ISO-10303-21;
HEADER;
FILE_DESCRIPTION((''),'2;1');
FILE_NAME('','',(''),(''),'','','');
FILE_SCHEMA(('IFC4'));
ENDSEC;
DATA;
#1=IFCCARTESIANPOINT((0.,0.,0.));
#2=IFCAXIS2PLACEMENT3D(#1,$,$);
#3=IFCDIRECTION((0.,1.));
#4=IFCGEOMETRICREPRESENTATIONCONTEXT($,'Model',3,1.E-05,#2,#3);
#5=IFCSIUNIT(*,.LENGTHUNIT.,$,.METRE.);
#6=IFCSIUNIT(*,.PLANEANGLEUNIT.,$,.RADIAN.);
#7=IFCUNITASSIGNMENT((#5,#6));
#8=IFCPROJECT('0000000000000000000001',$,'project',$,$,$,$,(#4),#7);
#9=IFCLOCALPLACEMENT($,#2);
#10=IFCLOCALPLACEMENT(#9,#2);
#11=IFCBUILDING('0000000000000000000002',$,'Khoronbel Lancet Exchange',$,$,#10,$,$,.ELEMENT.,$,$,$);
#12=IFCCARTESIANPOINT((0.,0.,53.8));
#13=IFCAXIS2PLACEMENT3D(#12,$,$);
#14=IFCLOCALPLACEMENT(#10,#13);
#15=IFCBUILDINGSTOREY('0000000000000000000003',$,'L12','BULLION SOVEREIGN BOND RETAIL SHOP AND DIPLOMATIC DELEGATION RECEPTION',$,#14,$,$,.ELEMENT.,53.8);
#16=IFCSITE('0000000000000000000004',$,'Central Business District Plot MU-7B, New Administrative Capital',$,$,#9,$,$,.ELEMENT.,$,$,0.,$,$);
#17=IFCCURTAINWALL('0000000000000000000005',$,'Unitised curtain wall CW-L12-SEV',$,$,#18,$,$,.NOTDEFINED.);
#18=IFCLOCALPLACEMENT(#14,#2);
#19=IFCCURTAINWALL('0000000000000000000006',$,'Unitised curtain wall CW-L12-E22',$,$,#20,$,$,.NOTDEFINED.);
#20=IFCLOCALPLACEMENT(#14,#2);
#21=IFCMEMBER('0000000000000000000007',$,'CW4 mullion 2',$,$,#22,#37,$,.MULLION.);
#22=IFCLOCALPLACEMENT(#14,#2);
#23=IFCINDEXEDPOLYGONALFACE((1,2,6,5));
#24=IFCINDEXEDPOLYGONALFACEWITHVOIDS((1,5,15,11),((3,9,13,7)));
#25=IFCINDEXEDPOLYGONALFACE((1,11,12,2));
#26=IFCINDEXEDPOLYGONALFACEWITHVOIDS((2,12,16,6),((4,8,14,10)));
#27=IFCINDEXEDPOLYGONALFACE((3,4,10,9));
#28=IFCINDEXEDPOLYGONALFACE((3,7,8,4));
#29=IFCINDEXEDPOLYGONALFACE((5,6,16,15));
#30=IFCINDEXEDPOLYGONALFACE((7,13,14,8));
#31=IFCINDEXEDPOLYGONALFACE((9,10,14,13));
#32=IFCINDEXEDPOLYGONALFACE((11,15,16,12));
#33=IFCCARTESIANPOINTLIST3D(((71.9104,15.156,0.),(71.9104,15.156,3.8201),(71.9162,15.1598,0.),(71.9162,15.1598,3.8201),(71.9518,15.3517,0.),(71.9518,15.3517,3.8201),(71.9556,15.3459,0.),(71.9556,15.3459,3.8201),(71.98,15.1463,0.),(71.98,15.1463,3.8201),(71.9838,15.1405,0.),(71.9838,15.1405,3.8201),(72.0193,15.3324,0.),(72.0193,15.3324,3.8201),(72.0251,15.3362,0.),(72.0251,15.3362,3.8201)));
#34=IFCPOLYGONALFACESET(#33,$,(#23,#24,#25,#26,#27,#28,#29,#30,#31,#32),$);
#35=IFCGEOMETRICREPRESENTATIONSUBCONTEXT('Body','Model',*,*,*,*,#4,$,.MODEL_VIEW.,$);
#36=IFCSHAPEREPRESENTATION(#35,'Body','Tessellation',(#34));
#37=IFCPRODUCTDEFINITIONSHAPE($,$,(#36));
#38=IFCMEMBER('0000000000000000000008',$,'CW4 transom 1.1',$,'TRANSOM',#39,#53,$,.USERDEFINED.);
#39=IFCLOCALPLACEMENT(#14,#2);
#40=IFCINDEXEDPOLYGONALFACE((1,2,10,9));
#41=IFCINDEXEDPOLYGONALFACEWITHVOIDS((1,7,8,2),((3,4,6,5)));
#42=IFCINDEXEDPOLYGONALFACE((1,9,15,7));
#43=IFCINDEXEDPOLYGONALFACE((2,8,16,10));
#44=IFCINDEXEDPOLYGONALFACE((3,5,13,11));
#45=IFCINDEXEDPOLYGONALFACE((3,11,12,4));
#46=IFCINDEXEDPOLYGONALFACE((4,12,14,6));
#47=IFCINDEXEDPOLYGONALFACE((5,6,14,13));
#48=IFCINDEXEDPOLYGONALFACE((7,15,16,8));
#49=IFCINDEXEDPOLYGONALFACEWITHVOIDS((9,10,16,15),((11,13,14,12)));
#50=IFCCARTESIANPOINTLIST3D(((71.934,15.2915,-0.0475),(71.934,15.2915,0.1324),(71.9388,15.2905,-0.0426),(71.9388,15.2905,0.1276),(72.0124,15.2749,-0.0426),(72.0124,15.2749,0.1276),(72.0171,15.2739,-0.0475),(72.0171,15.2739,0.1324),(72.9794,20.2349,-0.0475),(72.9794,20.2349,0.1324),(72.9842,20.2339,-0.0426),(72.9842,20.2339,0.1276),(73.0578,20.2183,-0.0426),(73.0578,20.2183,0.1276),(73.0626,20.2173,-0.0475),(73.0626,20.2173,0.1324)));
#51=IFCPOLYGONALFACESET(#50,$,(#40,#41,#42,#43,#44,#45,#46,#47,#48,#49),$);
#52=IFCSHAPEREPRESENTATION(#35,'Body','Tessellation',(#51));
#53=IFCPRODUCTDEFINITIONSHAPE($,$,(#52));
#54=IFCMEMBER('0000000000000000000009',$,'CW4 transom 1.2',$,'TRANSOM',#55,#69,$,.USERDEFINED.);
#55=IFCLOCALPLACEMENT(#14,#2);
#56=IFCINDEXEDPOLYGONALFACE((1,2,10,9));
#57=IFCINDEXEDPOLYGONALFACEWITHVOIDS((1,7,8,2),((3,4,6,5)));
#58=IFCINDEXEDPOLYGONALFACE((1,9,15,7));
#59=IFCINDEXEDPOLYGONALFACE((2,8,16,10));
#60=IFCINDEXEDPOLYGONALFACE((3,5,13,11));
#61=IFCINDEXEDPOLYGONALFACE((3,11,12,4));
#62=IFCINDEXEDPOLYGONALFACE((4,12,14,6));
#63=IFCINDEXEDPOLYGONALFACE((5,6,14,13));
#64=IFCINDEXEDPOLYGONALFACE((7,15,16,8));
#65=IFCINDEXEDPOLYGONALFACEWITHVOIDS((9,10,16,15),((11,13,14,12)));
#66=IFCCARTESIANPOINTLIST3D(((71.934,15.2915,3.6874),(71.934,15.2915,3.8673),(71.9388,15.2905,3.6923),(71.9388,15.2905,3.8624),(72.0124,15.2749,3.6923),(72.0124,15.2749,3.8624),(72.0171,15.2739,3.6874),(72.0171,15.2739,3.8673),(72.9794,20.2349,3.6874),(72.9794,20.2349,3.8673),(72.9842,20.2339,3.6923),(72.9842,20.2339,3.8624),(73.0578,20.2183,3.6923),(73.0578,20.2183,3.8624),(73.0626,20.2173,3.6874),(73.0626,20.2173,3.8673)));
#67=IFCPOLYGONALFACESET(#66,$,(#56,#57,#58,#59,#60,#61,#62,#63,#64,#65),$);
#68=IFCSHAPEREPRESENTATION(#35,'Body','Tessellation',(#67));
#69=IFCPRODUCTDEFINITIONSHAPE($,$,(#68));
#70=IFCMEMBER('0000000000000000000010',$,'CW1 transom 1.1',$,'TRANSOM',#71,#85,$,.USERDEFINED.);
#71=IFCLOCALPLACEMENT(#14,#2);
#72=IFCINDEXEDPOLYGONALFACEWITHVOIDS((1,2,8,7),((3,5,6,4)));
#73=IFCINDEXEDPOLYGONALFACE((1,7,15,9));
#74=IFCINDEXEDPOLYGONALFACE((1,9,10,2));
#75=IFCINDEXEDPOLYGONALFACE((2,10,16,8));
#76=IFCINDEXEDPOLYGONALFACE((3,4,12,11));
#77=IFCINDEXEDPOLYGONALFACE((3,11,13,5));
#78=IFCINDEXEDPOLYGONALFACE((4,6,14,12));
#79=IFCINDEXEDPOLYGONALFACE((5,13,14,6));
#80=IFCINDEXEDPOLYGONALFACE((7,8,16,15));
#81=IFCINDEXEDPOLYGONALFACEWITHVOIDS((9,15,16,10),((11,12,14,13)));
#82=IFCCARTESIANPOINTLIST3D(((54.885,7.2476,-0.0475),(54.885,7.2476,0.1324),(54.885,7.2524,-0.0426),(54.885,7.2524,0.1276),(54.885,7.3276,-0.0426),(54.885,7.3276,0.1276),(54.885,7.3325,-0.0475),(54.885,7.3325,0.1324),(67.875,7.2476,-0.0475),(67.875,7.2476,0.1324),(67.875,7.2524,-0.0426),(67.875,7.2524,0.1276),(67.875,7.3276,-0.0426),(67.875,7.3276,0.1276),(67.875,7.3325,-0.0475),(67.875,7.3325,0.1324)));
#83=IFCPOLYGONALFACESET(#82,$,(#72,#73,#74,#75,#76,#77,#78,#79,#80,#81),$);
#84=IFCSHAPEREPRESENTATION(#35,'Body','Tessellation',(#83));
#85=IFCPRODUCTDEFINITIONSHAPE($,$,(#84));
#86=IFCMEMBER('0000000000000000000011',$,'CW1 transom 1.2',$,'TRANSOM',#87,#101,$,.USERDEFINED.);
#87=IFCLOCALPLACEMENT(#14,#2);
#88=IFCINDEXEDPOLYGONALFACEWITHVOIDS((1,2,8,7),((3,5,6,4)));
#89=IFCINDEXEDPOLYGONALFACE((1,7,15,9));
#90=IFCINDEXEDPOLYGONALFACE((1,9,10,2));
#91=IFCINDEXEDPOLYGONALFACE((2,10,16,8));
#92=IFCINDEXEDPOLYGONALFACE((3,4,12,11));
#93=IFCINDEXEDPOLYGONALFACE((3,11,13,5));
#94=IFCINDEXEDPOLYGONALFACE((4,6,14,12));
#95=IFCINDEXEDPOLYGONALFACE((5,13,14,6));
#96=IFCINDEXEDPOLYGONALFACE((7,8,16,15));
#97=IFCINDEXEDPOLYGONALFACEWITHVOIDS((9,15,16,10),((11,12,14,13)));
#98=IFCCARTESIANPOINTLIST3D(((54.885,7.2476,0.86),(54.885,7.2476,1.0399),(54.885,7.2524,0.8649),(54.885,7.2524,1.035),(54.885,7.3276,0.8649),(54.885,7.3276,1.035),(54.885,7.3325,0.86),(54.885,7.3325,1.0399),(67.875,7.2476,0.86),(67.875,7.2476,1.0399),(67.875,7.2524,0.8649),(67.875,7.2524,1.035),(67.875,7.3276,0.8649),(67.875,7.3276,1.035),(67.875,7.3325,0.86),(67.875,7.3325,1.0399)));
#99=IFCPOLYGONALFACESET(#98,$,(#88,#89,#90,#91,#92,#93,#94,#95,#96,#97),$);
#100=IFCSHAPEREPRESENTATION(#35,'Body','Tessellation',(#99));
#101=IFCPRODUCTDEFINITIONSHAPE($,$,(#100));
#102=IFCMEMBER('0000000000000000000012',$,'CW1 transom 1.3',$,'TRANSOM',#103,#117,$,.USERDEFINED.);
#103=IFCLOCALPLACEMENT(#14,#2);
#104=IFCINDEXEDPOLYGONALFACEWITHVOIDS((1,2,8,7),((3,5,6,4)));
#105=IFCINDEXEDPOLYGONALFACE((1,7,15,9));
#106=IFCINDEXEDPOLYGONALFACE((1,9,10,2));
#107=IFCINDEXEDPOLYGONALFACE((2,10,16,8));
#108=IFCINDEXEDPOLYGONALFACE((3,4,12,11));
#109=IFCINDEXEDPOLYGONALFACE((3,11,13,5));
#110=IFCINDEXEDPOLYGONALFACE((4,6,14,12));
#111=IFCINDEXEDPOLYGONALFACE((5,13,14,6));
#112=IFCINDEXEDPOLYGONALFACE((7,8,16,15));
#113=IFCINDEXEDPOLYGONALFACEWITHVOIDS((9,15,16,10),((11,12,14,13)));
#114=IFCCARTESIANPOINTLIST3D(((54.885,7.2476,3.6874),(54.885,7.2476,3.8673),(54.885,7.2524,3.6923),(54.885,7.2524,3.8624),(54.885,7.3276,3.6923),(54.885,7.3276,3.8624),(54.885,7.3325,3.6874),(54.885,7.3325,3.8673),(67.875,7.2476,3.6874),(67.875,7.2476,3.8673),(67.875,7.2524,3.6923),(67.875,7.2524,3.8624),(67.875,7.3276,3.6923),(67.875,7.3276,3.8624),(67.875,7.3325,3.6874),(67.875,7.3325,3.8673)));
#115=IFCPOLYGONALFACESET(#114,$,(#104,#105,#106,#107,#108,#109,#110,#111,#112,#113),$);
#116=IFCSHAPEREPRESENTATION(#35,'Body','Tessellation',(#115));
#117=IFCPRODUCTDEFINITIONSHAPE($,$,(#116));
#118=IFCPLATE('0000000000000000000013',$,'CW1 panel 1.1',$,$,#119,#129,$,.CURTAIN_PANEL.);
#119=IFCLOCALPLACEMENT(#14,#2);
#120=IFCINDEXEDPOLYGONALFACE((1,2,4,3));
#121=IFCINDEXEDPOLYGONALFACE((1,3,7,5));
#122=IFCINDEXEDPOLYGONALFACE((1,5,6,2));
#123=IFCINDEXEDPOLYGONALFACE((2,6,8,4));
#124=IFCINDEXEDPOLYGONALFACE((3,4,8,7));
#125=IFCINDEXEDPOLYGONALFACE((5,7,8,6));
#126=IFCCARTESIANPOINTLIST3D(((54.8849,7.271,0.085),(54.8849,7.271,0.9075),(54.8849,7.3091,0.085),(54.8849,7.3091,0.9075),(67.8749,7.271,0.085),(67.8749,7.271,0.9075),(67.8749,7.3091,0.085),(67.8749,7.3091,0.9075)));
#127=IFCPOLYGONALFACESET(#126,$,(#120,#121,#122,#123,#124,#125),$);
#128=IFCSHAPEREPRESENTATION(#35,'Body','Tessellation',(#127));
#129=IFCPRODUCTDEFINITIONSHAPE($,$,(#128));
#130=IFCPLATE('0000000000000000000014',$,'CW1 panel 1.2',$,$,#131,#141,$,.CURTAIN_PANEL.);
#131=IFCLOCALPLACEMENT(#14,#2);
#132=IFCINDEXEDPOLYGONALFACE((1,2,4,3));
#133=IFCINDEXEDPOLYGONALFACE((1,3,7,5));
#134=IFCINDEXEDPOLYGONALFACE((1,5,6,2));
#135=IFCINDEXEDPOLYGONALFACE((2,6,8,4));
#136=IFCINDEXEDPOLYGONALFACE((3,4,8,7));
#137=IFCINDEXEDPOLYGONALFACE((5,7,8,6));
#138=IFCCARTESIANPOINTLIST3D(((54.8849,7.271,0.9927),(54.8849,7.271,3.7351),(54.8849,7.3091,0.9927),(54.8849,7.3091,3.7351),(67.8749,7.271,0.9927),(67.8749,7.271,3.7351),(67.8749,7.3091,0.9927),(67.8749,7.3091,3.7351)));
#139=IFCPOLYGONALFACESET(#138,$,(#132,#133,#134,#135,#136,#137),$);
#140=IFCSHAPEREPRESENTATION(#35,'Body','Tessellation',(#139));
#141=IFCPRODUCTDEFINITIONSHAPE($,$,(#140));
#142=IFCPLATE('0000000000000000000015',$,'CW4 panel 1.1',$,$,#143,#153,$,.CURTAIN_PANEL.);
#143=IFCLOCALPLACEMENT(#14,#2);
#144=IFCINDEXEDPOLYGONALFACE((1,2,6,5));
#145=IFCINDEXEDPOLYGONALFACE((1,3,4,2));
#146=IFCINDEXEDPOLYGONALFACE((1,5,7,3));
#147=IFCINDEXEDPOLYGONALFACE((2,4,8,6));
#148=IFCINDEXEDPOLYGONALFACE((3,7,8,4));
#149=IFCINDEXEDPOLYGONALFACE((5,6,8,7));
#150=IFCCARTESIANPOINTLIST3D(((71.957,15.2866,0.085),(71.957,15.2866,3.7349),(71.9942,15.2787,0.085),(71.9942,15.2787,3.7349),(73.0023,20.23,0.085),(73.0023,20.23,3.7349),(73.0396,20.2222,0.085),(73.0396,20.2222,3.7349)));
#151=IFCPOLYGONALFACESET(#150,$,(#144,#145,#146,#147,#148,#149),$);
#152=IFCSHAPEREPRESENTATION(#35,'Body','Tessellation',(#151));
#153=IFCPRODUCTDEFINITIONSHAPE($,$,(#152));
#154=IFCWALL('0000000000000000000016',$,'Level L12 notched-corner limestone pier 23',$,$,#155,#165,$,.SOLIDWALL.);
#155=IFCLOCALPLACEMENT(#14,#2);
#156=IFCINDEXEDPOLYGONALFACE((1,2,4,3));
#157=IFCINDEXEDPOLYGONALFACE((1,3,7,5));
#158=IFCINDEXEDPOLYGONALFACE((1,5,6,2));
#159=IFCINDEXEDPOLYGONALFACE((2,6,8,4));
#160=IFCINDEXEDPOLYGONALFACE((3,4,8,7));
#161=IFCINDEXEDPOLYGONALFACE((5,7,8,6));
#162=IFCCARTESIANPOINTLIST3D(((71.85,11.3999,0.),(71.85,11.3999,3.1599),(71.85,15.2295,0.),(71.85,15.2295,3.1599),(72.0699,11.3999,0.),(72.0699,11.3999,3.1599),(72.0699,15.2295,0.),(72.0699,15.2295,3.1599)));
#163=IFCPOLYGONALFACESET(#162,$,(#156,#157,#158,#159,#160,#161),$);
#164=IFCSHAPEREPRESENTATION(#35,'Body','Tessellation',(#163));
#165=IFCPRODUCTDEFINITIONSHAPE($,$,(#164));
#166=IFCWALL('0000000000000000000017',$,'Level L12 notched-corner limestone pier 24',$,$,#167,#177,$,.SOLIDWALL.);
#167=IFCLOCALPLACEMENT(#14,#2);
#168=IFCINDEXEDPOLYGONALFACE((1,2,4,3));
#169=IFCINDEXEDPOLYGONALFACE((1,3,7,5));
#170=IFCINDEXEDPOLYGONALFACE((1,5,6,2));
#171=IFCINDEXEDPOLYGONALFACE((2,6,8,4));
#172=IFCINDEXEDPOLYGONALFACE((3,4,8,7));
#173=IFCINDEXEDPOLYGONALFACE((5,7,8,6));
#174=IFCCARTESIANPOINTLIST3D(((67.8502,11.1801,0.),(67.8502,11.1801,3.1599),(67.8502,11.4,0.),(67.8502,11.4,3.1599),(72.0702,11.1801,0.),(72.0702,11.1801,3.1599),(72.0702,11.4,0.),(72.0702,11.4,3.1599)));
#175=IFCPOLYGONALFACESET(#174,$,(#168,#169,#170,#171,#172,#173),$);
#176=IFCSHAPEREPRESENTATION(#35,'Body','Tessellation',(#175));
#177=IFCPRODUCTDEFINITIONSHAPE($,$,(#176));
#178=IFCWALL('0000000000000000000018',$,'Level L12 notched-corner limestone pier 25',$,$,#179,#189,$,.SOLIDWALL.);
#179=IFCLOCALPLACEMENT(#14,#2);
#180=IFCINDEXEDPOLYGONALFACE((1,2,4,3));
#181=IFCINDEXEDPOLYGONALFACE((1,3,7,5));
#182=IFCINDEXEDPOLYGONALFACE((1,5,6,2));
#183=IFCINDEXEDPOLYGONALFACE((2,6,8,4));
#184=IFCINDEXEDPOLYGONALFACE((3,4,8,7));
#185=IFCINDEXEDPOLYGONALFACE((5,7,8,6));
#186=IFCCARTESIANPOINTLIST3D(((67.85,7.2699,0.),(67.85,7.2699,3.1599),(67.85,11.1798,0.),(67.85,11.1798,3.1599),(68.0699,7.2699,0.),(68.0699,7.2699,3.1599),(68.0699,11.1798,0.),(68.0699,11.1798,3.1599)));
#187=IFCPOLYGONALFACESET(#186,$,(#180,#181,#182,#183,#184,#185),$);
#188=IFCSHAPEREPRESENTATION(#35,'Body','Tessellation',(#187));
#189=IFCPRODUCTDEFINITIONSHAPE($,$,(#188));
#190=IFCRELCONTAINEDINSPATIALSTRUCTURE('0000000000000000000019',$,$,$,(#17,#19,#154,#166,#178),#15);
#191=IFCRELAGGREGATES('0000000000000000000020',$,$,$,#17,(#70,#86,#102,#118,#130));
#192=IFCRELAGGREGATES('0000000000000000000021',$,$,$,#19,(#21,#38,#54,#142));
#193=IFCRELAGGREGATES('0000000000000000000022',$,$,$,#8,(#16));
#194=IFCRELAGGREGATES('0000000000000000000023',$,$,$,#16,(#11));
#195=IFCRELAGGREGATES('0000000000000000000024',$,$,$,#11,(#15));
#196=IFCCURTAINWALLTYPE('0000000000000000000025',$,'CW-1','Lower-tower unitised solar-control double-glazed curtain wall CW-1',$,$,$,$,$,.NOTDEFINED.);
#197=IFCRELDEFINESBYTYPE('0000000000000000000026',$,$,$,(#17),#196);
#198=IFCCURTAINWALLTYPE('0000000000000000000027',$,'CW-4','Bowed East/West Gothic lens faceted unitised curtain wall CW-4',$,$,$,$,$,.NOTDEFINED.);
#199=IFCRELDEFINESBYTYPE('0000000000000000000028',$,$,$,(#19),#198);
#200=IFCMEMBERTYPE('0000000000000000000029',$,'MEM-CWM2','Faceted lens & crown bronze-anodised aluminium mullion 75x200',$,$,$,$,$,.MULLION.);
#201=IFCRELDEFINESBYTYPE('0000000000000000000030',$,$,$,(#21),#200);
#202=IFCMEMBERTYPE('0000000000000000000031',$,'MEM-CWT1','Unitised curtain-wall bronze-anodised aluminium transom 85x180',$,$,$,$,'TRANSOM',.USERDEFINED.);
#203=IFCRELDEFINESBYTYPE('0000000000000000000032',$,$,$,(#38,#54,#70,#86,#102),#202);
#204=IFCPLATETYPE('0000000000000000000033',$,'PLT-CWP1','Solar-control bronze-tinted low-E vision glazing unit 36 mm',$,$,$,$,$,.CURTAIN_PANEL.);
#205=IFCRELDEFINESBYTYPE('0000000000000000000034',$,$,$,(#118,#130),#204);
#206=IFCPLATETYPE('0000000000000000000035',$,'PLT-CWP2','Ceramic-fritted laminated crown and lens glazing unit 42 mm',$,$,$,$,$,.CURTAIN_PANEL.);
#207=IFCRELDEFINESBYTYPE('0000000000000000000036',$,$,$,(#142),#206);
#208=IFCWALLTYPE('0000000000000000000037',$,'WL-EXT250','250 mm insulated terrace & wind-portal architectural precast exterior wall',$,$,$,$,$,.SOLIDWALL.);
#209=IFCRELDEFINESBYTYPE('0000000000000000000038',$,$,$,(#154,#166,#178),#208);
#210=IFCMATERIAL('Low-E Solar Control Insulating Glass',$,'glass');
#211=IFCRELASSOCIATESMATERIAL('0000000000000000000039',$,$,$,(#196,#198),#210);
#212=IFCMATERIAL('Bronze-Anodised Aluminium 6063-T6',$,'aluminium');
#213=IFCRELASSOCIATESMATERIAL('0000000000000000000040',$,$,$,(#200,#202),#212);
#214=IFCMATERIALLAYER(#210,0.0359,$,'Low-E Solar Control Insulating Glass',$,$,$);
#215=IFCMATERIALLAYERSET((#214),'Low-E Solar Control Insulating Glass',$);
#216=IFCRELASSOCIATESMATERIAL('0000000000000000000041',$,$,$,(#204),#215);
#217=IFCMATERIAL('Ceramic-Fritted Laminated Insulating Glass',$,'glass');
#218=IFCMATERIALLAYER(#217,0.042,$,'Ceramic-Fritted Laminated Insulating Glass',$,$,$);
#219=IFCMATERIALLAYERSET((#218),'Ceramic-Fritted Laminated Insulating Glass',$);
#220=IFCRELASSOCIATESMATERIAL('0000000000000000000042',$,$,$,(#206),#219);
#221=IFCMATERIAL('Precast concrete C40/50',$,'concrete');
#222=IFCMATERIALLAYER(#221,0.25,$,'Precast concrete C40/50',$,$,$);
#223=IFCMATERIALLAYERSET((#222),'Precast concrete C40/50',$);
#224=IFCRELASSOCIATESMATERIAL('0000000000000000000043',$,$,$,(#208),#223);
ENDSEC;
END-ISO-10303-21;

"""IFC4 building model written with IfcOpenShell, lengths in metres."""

from ifc_helpers import new_model, si_unit, direction, frame, frame_2d, origin, origin_2d, place, context, subcontext, project, spatial, rectangle, hollow_rectangle, extrude, material, layer, layer_set, material_profile, profile_set, type_object, element, aggregate, save


model = new_model("IFC4")

# Units and contexts
model_context = context("Model", 3, precision=1e-05, world=origin(), true_north=direction((0.0, 1.0)))
body_context = subcontext(model_context, "Body", "Model", "MODEL_VIEW")
ifc_project = project(units=[si_unit("LENGTHUNIT", "METRE"), si_unit("PLANEANGLEUNIT", "RADIAN")], contexts=[model_context])

# Site, building, storey
site_placement = place(None, origin())
site = spatial("IfcSite", under=ifc_project, at=site_placement, Name="Central Business District Plot MU-7B, New Administrative Capital", CompositionType="ELEMENT", RefElevation=0.0)
building_placement = place(site_placement, origin())
building = spatial("IfcBuilding", under=site, at=building_placement, Name="Khoronbel Lancet Exchange", CompositionType="ELEMENT")
storey_placement = place(building_placement, frame((0.0, 0.0, 53.8)))
storey = spatial("IfcBuildingStorey", under=building, at=storey_placement, Name="L12", Description="BULLION SOVEREIGN BOND RETAIL SHOP AND DIPLOMATIC DELEGATION RECEPTION", CompositionType="ELEMENT", Elevation=53.8)

# Shared definitions
ifc_material_1 = material(Name="Low-E Solar Control Insulating Glass", Category="glass")
curtain_wall_type_1 = type_object("IfcCurtainWallType", Name="CW-1", Description="Lower-tower unitised solar-control double-glazed curtain wall CW-1", PredefinedType="NOTDEFINED", material=ifc_material_1)
ifc_material_2 = material(Name="Bronze-Anodised Aluminium 6063-T6", Category="aluminium")

# Curtain wall
curtain_wall_1_placement = place(storey_placement, origin())
curtain_wall_1 = element("IfcCurtainWall", 1, at=curtain_wall_1_placement, inside=storey, type_object=curtain_wall_type_1, Name="Unitised curtain wall CW-L12-SEV", PredefinedType="NOTDEFINED")

# Shared definitions
curtain_wall_type_2 = type_object("IfcCurtainWallType", Name="CW-4", Description="Bowed East/West Gothic lens faceted unitised curtain wall CW-4", PredefinedType="NOTDEFINED", material=ifc_material_1)
ifc_material_profile_1 = material_profile(ifc_material_2, hollow_rectangle(XDim=0.075, YDim=0.2, WallThickness=0.0049, at=origin_2d()), Name="ALU MULLION 75x200")
ifc_profile_set_1 = profile_set([ifc_material_profile_1], Name="Bronze-Anodised Aluminium 6063-T6")
member_type_1 = type_object("IfcMemberType", Name="MEM-CWM2", Description="Faceted lens & crown bronze-anodised aluminium mullion 75x200", PredefinedType="MULLION", material=ifc_profile_set_1)

# Curtain wall, members
curtain_wall_2_placement = place(storey_placement, origin())
curtain_wall_2 = element("IfcCurtainWall", 2, at=curtain_wall_2_placement, inside=storey, type_object=curtain_wall_type_2, Name="Unitised curtain wall CW-L12-E22", PredefinedType="NOTDEFINED")
member_1_placement = place(storey_placement, frame((71.9678, 15.2461, 0.0), z_axis=(0.0, 0.0, 1.0), x_axis=(0.978363, -0.206894, 0.0)))
member_1 = element("IfcMember", 3, at=member_1_placement, type_object=member_type_1, Name="CW4 mullion 2", PredefinedType="MULLION", context=body_context, shape_type="SweptSolid", body=[
    extrude(hollow_rectangle(XDim=0.075, YDim=0.2, WallThickness=0.0049, at=origin_2d()), origin(), (0.0, 0.0, 1.0), 3.8201),
])
ifc_material_profile_2 = material_profile(ifc_material_2, hollow_rectangle(XDim=0.085, YDim=0.1799, WallThickness=0.0049, at=origin_2d()), Name="ALU TRANSOM 85x180")
ifc_profile_set_2 = profile_set([ifc_material_profile_2], Name="Bronze-Anodised Aluminium 6063-T6")
member_type_2 = type_object("IfcMemberType", Name="MEM-CWT1", Description="Unitised curtain-wall bronze-anodised aluminium transom 85x180", ElementType="TRANSOM", PredefinedType="USERDEFINED", material=ifc_profile_set_2)
member_2_placement = place(storey_placement, frame((73.021, 20.2261, 0.0425), z_axis=(-0.206902, -0.978362, 0.0), x_axis=(0.978362, -0.206902, 0.0)))
member_2 = element("IfcMember", 4, at=member_2_placement, type_object=member_type_2, Name="CW4 transom 1.1", ObjectType="TRANSOM", PredefinedType="USERDEFINED", context=body_context, shape_type="SweptSolid", body=[
    extrude(hollow_rectangle(XDim=0.085, YDim=0.1799, WallThickness=0.0049, at=origin_2d()), origin(), (0.0, 0.0, 1.0), 5.0527),
])
member_3_placement = place(storey_placement, frame((73.021, 20.2261, 3.7773), z_axis=(-0.206902, -0.978362, 0.0), x_axis=(0.978362, -0.206902, 0.0)))
member_3 = element("IfcMember", 5, at=member_3_placement, type_object=member_type_2, Name="CW4 transom 1.2", ObjectType="TRANSOM", PredefinedType="USERDEFINED", context=body_context, shape_type="SweptSolid", body=[
    extrude(hollow_rectangle(XDim=0.085, YDim=0.1799, WallThickness=0.0049, at=origin_2d()), origin(), (0.0, 0.0, 1.0), 5.0527),
])

# Members
member_4_placement = place(storey_placement, frame((54.885, 7.29, 0.0425), z_axis=(1.0, 0.0, 0.0), x_axis=(0.0, 1.0, 0.0)))
member_4 = element("IfcMember", 6, at=member_4_placement, type_object=member_type_2, Name="CW1 transom 1.1", ObjectType="TRANSOM", PredefinedType="USERDEFINED", context=body_context, shape_type="SweptSolid", body=[
    extrude(hollow_rectangle(XDim=0.085, YDim=0.1799, WallThickness=0.0049, at=origin_2d()), origin(), (0.0, 0.0, 1.0), 12.99),
])
member_5_placement = place(storey_placement, frame((54.885, 7.29, 0.95), z_axis=(1.0, 0.0, 0.0), x_axis=(0.0, 1.0, 0.0)))
member_5 = element("IfcMember", 7, at=member_5_placement, type_object=member_type_2, Name="CW1 transom 1.2", ObjectType="TRANSOM", PredefinedType="USERDEFINED", context=body_context, shape_type="SweptSolid", body=[
    extrude(hollow_rectangle(XDim=0.085, YDim=0.1799, WallThickness=0.0049, at=origin_2d()), origin(), (0.0, 0.0, 1.0), 12.99),
])
member_6_placement = place(storey_placement, frame((54.885, 7.29, 3.7773), z_axis=(1.0, 0.0, 0.0), x_axis=(0.0, 1.0, 0.0)))
member_6 = element("IfcMember", 8, at=member_6_placement, type_object=member_type_2, Name="CW1 transom 1.3", ObjectType="TRANSOM", PredefinedType="USERDEFINED", context=body_context, shape_type="SweptSolid", body=[
    extrude(hollow_rectangle(XDim=0.085, YDim=0.1799, WallThickness=0.0049, at=origin_2d()), origin(), (0.0, 0.0, 1.0), 12.99),
])

# Plates
ifc_layer_1 = layer(ifc_material_1, 0.0359, Name="Low-E Solar Control Insulating Glass")
ifc_layer_set_1 = layer_set([ifc_layer_1], Name="Low-E Solar Control Insulating Glass")
plate_type_1 = type_object("IfcPlateType", Name="PLT-CWP1", Description="Solar-control bronze-tinted low-E vision glazing unit 36 mm", PredefinedType="CURTAIN_PANEL", material=ifc_layer_set_1)
plate_1_placement = place(storey_placement, frame((61.3799, 7.29, 0.085), z_axis=(0.0, 0.0, 1.0), x_axis=(1.0, 0.0, 0.0)))
plate_1 = element("IfcPlate", 9, at=plate_1_placement, type_object=plate_type_1, Name="CW1 panel 1.1", PredefinedType="CURTAIN_PANEL", context=body_context, shape_type="SweptSolid", body=[
    extrude(rectangle(XDim=12.99, YDim=0.0381, at=origin_2d()), origin(), (0.0, 0.0, 1.0), 0.8225),
])
plate_2_placement = place(storey_placement, frame((61.3799, 7.29, 0.9927), z_axis=(0.0, 0.0, 1.0), x_axis=(1.0, 0.0, 0.0)))
plate_2 = element("IfcPlate", 10, at=plate_2_placement, type_object=plate_type_1, Name="CW1 panel 1.2", PredefinedType="CURTAIN_PANEL", context=body_context, shape_type="SweptSolid", body=[
    extrude(rectangle(XDim=12.99, YDim=0.0381, at=origin_2d()), origin(), (0.0, 0.0, 1.0), 2.7424),
])
aggregate(curtain_wall_1, [member_4, member_5, member_6, plate_1, plate_2])
ifc_material_3 = material(Name="Ceramic-Fritted Laminated Insulating Glass", Category="glass")
ifc_layer_2 = layer(ifc_material_3, 0.042, Name="Ceramic-Fritted Laminated Insulating Glass")
ifc_layer_set_2 = layer_set([ifc_layer_2], Name="Ceramic-Fritted Laminated Insulating Glass")
plate_type_2 = type_object("IfcPlateType", Name="PLT-CWP2", Description="Ceramic-fritted laminated crown and lens glazing unit 42 mm", PredefinedType="CURTAIN_PANEL", material=ifc_layer_set_2)
plate_3_placement = place(storey_placement, frame((72.4983, 17.7544, 0.085), z_axis=(0.0, 0.0, 1.0), x_axis=(-0.206894, -0.978363, 0.0)))
plate_3 = element("IfcPlate", 11, at=plate_3_placement, type_object=plate_type_2, Name="CW4 panel 1.1", PredefinedType="CURTAIN_PANEL", context=body_context, shape_type="SweptSolid", body=[
    extrude(rectangle(XDim=5.0527, YDim=0.0381, at=origin_2d()), origin(), (0.0, 0.0, 1.0), 3.6499),
])
aggregate(curtain_wall_2, [member_1, member_2, member_3, plate_3])

# Walls
ifc_material_4 = material(Name="Precast concrete C40/50", Category="concrete")
ifc_layer_3 = layer(ifc_material_4, 0.25, Name="Precast concrete C40/50")
ifc_layer_set_3 = layer_set([ifc_layer_3], Name="Precast concrete C40/50")
wall_type_1 = type_object("IfcWallType", Name="WL-EXT250", Description="250 mm insulated terrace & wind-portal architectural precast exterior wall", PredefinedType="SOLIDWALL", material=ifc_layer_set_3)
wall_1_placement = place(storey_placement, frame((71.96, 15.2295, 0.0), z_axis=(0.0, 0.0, 1.0), x_axis=(0.0, -1.0, 0.0)))
element("IfcWall", 12, at=wall_1_placement, inside=storey, type_object=wall_type_1, Name="Level L12 notched-corner limestone pier 23", PredefinedType="SOLIDWALL", context=body_context, shape_type="SweptSolid", body=[
    extrude(rectangle(XDim=3.8296, YDim=0.22, at=frame_2d((1.9148, 0.0))), origin(), (0.0, 0.0, 1.0), 3.1599),
])
wall_2_placement = place(storey_placement, frame((72.0701, 11.29, 0.0), z_axis=(0.0, 0.0, 1.0), x_axis=(-1.0, 0.0, 0.0)))
element("IfcWall", 13, at=wall_2_placement, inside=storey, type_object=wall_type_1, Name="Level L12 notched-corner limestone pier 24", PredefinedType="SOLIDWALL", context=body_context, shape_type="SweptSolid", body=[
    extrude(rectangle(XDim=4.22, YDim=0.22, at=frame_2d((2.1099, 0.0))), origin(), (0.0, 0.0, 1.0), 3.1599),
])
wall_3_placement = place(storey_placement, frame((67.96, 11.1799, 0.0), z_axis=(0.0, 0.0, 1.0), x_axis=(0.0, -1.0, 0.0)))
element("IfcWall", 14, at=wall_3_placement, inside=storey, type_object=wall_type_1, Name="Level L12 notched-corner limestone pier 25", PredefinedType="SOLIDWALL", context=body_context, shape_type="SweptSolid", body=[
    extrude(rectangle(XDim=3.9099, YDim=0.22, at=frame_2d((1.9551, 0.0))), origin(), (0.0, 0.0, 1.0), 3.1599),
])

save(model, "model.ifc")
